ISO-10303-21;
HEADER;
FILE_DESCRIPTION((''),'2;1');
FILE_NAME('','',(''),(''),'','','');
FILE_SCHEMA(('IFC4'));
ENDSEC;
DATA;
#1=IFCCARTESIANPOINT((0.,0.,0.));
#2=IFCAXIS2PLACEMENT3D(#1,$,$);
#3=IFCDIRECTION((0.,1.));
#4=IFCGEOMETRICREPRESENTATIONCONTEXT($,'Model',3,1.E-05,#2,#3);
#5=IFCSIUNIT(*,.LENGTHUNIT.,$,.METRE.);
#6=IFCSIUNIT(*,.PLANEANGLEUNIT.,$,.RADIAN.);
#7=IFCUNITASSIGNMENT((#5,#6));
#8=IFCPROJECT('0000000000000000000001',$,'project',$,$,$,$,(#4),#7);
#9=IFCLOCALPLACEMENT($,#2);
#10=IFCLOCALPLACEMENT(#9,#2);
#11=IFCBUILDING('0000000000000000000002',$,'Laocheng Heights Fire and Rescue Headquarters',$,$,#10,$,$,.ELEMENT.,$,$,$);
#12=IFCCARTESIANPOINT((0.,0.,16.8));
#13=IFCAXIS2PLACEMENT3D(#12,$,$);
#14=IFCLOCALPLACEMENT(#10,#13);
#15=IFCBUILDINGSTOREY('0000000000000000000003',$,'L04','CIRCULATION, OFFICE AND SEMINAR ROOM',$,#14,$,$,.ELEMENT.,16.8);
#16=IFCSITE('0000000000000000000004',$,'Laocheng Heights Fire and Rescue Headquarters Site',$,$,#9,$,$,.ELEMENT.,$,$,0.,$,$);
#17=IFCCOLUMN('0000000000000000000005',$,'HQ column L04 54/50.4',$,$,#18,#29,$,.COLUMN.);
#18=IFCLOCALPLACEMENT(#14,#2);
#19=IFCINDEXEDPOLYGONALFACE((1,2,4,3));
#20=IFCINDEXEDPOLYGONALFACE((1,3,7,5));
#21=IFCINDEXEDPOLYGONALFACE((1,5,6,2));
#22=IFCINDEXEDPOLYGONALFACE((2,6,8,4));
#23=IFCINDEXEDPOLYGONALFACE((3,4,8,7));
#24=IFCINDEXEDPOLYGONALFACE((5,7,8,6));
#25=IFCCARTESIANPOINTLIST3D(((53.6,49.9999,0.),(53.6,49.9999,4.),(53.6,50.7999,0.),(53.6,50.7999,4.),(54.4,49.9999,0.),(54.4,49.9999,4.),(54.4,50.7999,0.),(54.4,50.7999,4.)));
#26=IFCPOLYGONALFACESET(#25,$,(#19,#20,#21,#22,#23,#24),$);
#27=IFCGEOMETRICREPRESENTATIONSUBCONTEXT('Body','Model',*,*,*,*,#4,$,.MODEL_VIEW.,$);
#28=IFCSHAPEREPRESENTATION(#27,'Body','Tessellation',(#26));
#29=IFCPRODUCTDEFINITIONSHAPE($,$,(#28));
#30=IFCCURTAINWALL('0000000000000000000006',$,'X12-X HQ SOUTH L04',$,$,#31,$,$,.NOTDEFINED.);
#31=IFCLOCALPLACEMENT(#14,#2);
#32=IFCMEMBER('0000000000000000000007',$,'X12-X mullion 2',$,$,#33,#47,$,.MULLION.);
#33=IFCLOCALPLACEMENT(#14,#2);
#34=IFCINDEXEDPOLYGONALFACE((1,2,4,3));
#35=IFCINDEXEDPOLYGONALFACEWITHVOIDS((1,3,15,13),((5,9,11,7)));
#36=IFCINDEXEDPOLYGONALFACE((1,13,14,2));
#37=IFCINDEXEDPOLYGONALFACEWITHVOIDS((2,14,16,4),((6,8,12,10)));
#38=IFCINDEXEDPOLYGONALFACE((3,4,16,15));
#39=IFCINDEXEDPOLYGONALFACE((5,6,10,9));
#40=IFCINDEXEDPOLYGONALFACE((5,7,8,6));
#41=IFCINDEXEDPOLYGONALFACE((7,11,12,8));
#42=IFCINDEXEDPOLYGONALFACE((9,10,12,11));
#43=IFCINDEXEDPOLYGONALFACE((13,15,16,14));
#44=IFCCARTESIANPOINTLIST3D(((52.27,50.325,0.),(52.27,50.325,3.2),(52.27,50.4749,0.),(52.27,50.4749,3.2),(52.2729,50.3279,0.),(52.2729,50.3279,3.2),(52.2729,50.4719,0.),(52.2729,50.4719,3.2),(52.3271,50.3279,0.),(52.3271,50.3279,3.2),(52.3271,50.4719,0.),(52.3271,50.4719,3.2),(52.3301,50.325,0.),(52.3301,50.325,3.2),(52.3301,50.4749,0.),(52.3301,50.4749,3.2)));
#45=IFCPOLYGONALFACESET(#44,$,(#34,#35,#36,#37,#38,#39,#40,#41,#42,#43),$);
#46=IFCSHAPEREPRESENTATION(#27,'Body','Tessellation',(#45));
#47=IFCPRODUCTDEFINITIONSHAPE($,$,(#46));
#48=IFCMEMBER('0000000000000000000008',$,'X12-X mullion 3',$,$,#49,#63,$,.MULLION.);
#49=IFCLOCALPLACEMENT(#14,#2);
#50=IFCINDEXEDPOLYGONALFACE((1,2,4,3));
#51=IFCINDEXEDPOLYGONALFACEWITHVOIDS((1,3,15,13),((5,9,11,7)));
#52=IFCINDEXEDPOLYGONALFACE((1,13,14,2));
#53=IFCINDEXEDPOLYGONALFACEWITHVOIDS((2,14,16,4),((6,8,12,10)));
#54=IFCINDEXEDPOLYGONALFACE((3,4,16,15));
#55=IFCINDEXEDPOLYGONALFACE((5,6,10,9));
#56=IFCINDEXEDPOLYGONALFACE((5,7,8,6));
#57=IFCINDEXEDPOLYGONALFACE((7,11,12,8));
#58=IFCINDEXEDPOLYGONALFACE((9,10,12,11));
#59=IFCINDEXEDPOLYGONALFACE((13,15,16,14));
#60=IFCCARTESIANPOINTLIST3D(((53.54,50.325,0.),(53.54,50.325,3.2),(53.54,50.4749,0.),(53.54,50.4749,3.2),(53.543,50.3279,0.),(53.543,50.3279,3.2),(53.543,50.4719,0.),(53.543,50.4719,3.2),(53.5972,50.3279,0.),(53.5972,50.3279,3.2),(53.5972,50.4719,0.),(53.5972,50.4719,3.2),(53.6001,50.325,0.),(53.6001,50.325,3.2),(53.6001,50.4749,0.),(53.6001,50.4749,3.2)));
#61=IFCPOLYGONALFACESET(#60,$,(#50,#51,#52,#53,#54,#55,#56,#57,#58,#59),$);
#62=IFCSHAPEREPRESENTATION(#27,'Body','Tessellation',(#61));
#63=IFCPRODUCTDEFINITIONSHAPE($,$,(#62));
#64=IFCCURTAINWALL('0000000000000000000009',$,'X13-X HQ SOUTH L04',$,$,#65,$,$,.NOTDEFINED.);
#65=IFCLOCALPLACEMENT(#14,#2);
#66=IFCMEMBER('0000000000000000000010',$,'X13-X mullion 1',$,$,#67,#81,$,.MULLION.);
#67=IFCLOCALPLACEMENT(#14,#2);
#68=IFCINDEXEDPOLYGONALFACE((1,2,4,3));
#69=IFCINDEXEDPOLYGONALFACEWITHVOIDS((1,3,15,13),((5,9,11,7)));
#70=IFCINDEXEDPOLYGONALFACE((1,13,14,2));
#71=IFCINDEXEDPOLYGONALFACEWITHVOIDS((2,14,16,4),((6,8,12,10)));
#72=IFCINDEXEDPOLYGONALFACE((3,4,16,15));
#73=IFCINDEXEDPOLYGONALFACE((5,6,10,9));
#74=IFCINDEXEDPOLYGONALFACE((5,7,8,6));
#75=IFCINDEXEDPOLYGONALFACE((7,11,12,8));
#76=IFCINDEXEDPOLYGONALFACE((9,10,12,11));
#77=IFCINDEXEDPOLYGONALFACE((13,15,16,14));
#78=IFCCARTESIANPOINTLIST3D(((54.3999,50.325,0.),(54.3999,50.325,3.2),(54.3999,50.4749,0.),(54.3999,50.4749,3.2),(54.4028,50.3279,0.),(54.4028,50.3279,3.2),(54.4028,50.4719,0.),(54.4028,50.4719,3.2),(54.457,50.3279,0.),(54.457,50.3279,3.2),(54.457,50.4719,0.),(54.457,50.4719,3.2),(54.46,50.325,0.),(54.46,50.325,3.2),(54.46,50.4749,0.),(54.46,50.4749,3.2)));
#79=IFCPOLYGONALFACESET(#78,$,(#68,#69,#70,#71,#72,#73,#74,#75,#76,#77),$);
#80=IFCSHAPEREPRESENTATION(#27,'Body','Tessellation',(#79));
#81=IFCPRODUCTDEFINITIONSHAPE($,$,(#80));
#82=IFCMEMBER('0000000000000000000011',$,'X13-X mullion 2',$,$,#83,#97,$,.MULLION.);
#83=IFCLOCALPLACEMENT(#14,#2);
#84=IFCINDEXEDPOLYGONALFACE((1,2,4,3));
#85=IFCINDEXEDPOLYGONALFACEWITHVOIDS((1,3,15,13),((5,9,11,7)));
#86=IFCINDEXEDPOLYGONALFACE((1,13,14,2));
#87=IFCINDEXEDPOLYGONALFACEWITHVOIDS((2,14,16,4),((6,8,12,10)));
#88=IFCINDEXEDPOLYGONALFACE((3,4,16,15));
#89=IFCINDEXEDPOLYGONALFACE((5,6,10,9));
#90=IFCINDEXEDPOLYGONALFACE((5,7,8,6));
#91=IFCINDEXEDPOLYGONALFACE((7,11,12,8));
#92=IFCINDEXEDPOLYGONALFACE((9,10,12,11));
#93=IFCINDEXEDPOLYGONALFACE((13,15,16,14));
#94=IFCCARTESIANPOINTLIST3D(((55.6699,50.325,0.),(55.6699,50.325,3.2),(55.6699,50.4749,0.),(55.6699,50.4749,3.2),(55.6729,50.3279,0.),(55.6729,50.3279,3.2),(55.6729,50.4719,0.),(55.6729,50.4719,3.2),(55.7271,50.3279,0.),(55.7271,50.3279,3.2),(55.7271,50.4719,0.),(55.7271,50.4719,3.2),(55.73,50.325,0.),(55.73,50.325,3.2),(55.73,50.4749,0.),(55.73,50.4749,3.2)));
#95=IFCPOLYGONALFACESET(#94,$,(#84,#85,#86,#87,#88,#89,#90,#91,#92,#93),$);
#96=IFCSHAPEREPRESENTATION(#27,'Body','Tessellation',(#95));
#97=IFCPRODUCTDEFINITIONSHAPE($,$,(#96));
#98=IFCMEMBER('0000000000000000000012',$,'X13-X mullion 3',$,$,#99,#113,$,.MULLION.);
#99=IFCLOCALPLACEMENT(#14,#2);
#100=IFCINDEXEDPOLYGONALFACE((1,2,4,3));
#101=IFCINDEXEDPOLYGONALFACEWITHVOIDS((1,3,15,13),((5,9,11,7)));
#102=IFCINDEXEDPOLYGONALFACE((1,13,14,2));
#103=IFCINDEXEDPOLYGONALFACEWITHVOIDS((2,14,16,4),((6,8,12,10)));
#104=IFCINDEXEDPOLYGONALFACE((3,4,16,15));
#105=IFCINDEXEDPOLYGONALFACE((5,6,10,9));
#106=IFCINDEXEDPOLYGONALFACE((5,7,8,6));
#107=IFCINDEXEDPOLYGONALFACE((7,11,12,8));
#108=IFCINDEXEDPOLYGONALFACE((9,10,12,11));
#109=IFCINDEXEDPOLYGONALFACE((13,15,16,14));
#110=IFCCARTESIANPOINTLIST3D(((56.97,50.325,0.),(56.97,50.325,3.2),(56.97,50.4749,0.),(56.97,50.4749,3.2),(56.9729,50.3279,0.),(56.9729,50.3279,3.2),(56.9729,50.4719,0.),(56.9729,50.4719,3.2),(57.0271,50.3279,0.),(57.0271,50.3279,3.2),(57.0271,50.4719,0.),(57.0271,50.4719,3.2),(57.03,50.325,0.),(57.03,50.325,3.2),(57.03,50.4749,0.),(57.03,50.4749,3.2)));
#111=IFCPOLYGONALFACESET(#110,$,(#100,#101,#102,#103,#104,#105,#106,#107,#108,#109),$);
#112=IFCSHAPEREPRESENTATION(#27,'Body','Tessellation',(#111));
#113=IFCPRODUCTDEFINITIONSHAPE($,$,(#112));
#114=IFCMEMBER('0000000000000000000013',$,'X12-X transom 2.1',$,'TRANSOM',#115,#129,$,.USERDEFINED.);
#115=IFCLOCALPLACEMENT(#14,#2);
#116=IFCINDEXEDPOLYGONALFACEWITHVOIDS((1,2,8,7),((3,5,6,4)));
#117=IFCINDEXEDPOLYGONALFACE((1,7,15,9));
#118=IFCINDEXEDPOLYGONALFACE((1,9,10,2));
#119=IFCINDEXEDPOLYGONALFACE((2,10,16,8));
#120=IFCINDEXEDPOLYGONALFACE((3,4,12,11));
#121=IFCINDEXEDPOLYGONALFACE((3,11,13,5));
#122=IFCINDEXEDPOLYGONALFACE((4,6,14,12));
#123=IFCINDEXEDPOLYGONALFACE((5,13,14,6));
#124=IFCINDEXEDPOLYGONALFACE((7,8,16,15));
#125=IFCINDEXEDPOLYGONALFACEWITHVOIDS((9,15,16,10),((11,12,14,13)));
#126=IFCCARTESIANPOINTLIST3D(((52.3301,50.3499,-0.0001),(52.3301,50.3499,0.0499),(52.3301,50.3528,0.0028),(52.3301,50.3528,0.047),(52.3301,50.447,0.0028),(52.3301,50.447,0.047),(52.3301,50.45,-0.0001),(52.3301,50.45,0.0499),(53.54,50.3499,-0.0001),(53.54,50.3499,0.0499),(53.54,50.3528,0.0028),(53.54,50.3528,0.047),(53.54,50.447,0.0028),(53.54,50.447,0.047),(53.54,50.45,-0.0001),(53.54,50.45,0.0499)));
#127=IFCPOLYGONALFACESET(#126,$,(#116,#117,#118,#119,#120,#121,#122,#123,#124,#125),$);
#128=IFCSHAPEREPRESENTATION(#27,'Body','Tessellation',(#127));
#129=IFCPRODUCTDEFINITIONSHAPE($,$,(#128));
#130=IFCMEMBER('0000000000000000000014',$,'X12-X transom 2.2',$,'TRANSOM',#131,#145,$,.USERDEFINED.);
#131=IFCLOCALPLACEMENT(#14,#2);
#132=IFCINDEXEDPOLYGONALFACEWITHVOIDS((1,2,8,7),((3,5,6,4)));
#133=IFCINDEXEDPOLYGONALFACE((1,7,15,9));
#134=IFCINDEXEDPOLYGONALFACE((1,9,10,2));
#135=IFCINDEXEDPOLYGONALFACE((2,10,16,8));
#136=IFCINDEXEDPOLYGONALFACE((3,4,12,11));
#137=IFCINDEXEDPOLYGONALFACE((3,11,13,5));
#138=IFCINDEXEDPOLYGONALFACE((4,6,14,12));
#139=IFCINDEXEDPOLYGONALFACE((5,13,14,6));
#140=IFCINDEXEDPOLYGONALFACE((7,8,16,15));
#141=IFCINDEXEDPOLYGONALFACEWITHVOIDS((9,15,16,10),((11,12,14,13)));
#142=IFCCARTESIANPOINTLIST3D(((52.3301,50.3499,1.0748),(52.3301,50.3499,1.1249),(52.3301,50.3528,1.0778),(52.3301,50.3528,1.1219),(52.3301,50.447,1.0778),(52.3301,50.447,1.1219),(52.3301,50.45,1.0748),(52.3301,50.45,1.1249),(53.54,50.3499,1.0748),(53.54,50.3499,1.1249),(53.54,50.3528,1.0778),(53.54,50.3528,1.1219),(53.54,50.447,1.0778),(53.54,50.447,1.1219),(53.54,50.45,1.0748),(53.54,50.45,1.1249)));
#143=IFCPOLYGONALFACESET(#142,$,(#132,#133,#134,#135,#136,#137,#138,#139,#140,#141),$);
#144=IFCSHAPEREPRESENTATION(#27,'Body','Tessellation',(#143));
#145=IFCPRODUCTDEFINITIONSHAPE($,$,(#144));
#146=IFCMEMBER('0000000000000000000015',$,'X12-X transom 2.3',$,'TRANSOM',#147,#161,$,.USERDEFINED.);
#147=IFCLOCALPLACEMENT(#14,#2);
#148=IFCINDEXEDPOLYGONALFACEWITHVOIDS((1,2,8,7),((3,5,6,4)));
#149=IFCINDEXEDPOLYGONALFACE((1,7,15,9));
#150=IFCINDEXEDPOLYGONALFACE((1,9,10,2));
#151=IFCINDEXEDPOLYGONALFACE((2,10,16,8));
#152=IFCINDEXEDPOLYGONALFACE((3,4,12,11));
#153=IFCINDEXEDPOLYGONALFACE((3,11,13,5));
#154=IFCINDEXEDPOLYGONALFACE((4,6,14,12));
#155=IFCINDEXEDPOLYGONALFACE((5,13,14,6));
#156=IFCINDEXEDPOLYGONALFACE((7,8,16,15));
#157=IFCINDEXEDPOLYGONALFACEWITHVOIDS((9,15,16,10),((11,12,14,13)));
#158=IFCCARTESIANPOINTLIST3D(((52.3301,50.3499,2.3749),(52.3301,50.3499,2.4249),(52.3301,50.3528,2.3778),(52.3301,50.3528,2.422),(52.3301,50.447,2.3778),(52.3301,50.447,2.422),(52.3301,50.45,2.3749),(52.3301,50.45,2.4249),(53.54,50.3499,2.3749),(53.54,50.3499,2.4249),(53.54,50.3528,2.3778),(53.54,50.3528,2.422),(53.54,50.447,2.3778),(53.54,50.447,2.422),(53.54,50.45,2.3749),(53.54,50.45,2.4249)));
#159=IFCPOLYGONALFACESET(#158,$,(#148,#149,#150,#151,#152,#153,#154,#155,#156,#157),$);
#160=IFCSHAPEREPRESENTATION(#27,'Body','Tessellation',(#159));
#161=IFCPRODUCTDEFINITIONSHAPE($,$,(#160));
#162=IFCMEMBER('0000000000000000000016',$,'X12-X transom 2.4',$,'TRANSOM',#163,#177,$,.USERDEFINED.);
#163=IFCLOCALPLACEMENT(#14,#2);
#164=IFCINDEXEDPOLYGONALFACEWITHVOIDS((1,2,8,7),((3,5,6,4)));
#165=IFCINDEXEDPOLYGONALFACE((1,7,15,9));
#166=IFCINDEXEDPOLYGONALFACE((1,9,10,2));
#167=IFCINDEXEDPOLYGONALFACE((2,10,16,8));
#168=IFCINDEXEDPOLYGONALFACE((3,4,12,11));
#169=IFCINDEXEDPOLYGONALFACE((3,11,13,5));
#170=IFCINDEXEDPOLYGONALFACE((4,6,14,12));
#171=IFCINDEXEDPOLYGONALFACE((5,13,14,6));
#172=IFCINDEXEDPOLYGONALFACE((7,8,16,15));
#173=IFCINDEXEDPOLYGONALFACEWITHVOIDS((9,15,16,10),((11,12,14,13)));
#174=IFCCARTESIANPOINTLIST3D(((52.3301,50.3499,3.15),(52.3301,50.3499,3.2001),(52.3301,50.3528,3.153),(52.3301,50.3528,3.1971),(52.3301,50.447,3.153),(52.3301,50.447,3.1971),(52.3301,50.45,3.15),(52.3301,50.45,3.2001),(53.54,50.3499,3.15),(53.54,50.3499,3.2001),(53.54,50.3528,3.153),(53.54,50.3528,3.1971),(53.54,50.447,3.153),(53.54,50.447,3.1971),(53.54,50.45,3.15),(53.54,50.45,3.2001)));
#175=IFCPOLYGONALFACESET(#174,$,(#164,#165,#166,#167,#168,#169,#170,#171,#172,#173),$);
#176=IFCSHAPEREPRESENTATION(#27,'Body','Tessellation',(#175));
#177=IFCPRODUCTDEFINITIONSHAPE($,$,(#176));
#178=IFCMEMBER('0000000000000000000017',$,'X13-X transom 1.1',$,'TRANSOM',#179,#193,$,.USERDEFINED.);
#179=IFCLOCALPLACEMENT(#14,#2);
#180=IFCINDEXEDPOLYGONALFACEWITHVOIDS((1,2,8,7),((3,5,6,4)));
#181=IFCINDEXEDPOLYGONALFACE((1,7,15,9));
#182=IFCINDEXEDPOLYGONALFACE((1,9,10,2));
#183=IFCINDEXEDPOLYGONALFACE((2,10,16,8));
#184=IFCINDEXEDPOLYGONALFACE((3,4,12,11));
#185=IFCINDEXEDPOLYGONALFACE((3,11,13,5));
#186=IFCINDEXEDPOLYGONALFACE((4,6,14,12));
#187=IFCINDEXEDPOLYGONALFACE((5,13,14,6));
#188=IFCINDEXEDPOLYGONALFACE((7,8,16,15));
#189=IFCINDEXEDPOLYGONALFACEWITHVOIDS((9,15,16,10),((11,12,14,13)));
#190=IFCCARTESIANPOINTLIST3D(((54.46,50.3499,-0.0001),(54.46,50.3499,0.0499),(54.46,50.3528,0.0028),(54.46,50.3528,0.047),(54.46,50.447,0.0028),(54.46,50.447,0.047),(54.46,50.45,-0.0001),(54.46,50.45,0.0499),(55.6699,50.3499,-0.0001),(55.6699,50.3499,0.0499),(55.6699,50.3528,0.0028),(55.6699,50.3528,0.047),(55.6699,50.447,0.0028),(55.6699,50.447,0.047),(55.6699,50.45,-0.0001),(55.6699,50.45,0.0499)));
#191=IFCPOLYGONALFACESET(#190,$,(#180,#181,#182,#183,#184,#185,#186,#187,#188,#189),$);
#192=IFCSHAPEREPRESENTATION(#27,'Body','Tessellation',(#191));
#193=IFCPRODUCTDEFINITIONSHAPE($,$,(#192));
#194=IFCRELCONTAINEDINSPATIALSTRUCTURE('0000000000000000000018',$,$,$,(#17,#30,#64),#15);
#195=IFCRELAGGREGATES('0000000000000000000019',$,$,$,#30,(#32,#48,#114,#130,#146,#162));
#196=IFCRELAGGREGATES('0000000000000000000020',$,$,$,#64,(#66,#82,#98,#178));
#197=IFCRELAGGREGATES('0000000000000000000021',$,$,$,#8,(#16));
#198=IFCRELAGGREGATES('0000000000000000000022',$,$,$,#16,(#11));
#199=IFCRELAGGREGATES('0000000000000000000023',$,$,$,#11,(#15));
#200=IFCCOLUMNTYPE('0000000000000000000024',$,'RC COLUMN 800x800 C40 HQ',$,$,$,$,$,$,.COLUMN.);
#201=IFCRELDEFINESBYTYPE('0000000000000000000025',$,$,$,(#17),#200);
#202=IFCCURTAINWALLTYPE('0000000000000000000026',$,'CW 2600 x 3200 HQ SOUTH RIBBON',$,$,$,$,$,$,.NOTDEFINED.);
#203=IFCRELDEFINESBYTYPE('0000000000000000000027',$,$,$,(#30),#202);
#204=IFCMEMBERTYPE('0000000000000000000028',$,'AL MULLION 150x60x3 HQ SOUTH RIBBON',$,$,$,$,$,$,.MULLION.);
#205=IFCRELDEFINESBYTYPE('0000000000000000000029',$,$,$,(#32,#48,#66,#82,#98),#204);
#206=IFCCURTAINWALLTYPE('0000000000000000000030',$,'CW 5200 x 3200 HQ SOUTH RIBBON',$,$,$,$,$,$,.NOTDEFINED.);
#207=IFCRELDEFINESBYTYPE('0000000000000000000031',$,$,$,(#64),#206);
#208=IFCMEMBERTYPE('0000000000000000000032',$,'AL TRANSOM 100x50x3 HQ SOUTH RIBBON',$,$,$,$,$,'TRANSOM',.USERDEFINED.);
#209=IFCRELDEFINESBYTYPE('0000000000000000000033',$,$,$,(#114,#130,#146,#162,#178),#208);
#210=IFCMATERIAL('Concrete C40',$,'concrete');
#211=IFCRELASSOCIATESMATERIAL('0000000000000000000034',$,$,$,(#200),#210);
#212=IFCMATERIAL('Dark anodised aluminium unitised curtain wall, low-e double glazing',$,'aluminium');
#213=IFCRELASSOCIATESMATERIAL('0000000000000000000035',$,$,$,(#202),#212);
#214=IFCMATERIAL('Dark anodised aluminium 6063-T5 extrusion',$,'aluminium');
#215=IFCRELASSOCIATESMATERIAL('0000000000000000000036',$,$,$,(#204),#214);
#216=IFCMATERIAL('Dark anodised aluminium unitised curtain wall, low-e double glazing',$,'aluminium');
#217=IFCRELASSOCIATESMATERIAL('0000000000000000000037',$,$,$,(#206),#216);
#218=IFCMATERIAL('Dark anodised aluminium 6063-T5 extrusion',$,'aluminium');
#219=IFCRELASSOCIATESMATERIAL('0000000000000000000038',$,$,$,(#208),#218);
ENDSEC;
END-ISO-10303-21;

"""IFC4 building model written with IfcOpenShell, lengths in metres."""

from ifc_helpers import new_model, si_unit, direction, frame, origin, origin_2d, place, context, subcontext, project, spatial, rectangle, hollow_rectangle, extrude, material, material_profile, profile_set, type_object, element, aggregate, save


model = new_model("IFC4")

# Units and contexts
model_context = context("Model", 3, precision=1e-05, world=origin(), true_north=direction((0.0, 1.0)))
body_context = subcontext(model_context, "Body", "Model", "MODEL_VIEW")
ifc_project = project(units=[si_unit("LENGTHUNIT", "METRE"), si_unit("PLANEANGLEUNIT", "RADIAN")], contexts=[model_context])

# Site, building, storey
site_placement = place(None, origin())
site = spatial("IfcSite", under=ifc_project, at=site_placement, Name="Laocheng Heights Fire and Rescue Headquarters Site", CompositionType="ELEMENT", RefElevation=0.0)
building_placement = place(site_placement, origin())
building = spatial("IfcBuilding", under=site, at=building_placement, Name="Laocheng Heights Fire and Rescue Headquarters", CompositionType="ELEMENT")
storey_placement = place(building_placement, frame((0.0, 0.0, 16.8)))
storey = spatial("IfcBuildingStorey", under=building, at=storey_placement, Name="L04", Description="CIRCULATION, OFFICE AND SEMINAR ROOM", CompositionType="ELEMENT", Elevation=16.8)

# Column
ifc_material_1 = material(Name="Concrete C40", Category="concrete")
ifc_material_profile_1 = material_profile(ifc_material_1, rectangle(XDim=0.8, YDim=0.8, at=origin_2d()), Name="RC COLUMN 800x800 C40 HQ")
ifc_profile_set_1 = profile_set([ifc_material_profile_1], Name="Concrete C40")
column_type = type_object("IfcColumnType", Name="RC COLUMN 800x800 C40 HQ", PredefinedType="COLUMN", material=ifc_profile_set_1)
column_placement = place(storey_placement, frame((54.0, 50.3999, 0.0), z_axis=(0.0, 0.0, 1.0), x_axis=(1.0, 0.0, 0.0)))
element("IfcColumn", 1, at=column_placement, inside=storey, type_object=column_type, Name="HQ column L04 54/50.4", PredefinedType="COLUMN", context=body_context, shape_type="SweptSolid", body=[
    extrude(rectangle(XDim=0.8, YDim=0.8, at=origin_2d()), origin(), (0.0, 0.0, 1.0), 4.0),
])

# Curtain walls, members
ifc_material_2 = material(Name="Dark anodised aluminium unitised curtain wall, low-e double glazing", Category="aluminium")
curtain_wall_type_1 = type_object("IfcCurtainWallType", Name="CW 2600 x 3200 HQ SOUTH RIBBON", PredefinedType="NOTDEFINED", material=ifc_material_2)
curtain_wall_1_placement = place(storey_placement, origin())
curtain_wall_1 = element("IfcCurtainWall", 2, at=curtain_wall_1_placement, inside=storey, type_object=curtain_wall_type_1, Name="X12-X HQ SOUTH L04", PredefinedType="NOTDEFINED")
ifc_material_3 = material(Name="Dark anodised aluminium 6063-T5 extrusion", Category="aluminium")
ifc_material_profile_2 = material_profile(ifc_material_3, hollow_rectangle(XDim=0.1499, YDim=0.0601, WallThickness=0.0029, at=origin_2d()), Name="AL MULLION 150x60x3 HQ SOUTH RIBBON")
ifc_profile_set_2 = profile_set([ifc_material_profile_2], Name="Dark anodised aluminium 6063-T5 extrusion")
member_type_1 = type_object("IfcMemberType", Name="AL MULLION 150x60x3 HQ SOUTH RIBBON", PredefinedType="MULLION", material=ifc_profile_set_2)
member_1_placement = place(storey_placement, frame((52.3, 50.3999, 0.0), z_axis=(0.0, 0.0, 1.0), x_axis=(0.0, 1.0, 0.0)))
member_1 = element("IfcMember", 3, at=member_1_placement, type_object=member_type_1, Name="X12-X mullion 2", PredefinedType="MULLION", context=body_context, shape_type="SweptSolid", body=[
    extrude(hollow_rectangle(XDim=0.1499, YDim=0.0601, WallThickness=0.0029, at=origin_2d()), origin(), (0.0, 0.0, 1.0), 3.2),
])
member_2_placement = place(storey_placement, frame((53.5701, 50.3999, 0.0), z_axis=(0.0, 0.0, 1.0), x_axis=(0.0, 1.0, 0.0)))
member_2 = element("IfcMember", 4, at=member_2_placement, type_object=member_type_1, Name="X12-X mullion 3", PredefinedType="MULLION", context=body_context, shape_type="SweptSolid", body=[
    extrude(hollow_rectangle(XDim=0.1499, YDim=0.0601, WallThickness=0.0029, at=origin_2d()), origin(), (0.0, 0.0, 1.0), 3.2),
])
ifc_material_4 = material(Name="Dark anodised aluminium unitised curtain wall, low-e double glazing", Category="aluminium")
curtain_wall_type_2 = type_object("IfcCurtainWallType", Name="CW 5200 x 3200 HQ SOUTH RIBBON", PredefinedType="NOTDEFINED", material=ifc_material_4)
curtain_wall_2_placement = place(storey_placement, origin())
curtain_wall_2 = element("IfcCurtainWall", 5, at=curtain_wall_2_placement, inside=storey, type_object=curtain_wall_type_2, Name="X13-X HQ SOUTH L04", PredefinedType="NOTDEFINED")
member_3_placement = place(storey_placement, frame((54.4299, 50.3999, 0.0), z_axis=(0.0, 0.0, 1.0), x_axis=(0.0, 1.0, 0.0)))
member_3 = element("IfcMember", 6, at=member_3_placement, type_object=member_type_1, Name="X13-X mullion 1", PredefinedType="MULLION", context=body_context, shape_type="SweptSolid", body=[
    extrude(hollow_rectangle(XDim=0.1499, YDim=0.0601, WallThickness=0.0029, at=origin_2d()), origin(), (0.0, 0.0, 1.0), 3.2),
])
member_4_placement = place(storey_placement, frame((55.7, 50.3999, 0.0), z_axis=(0.0, 0.0, 1.0), x_axis=(0.0, 1.0, 0.0)))
member_4 = element("IfcMember", 7, at=member_4_placement, type_object=member_type_1, Name="X13-X mullion 2", PredefinedType="MULLION", context=body_context, shape_type="SweptSolid", body=[
    extrude(hollow_rectangle(XDim=0.1499, YDim=0.0601, WallThickness=0.0029, at=origin_2d()), origin(), (0.0, 0.0, 1.0), 3.2),
])
member_5_placement = place(storey_placement, frame((57.0, 50.3999, 0.0), z_axis=(0.0, 0.0, 1.0), x_axis=(0.0, 1.0, 0.0)))
member_5 = element("IfcMember", 8, at=member_5_placement, type_object=member_type_1, Name="X13-X mullion 3", PredefinedType="MULLION", context=body_context, shape_type="SweptSolid", body=[
    extrude(hollow_rectangle(XDim=0.1499, YDim=0.0601, WallThickness=0.0029, at=origin_2d()), origin(), (0.0, 0.0, 1.0), 3.2),
])

# Members
ifc_material_5 = material(Name="Dark anodised aluminium 6063-T5 extrusion", Category="aluminium")
ifc_material_profile_3 = material_profile(ifc_material_5, hollow_rectangle(XDim=0.1001, YDim=0.05, WallThickness=0.0029, at=origin_2d()), Name="AL TRANSOM 100x50x3 HQ SOUTH RIBBON")
ifc_profile_set_3 = profile_set([ifc_material_profile_3], Name="Dark anodised aluminium 6063-T5 extrusion")
member_type_2 = type_object("IfcMemberType", Name="AL TRANSOM 100x50x3 HQ SOUTH RIBBON", ElementType="TRANSOM", PredefinedType="USERDEFINED", material=ifc_profile_set_3)
member_6_placement = place(storey_placement, frame((52.3301, 50.3999, 0.0249), z_axis=(1.0, 0.0, 0.0), x_axis=(0.0, 1.0, 0.0)))
member_6 = element("IfcMember", 9, at=member_6_placement, type_object=member_type_2, Name="X12-X transom 2.1", ObjectType="TRANSOM", PredefinedType="USERDEFINED", context=body_context, shape_type="SweptSolid", body=[
    extrude(hollow_rectangle(XDim=0.1001, YDim=0.05, WallThickness=0.0029, at=origin_2d()), origin(), (0.0, 0.0, 1.0), 1.21),
])
member_7_placement = place(storey_placement, frame((52.3301, 50.3999, 1.0999), z_axis=(1.0, 0.0, 0.0), x_axis=(0.0, 1.0, 0.0)))
member_7 = element("IfcMember", 10, at=member_7_placement, type_object=member_type_2, Name="X12-X transom 2.2", ObjectType="TRANSOM", PredefinedType="USERDEFINED", context=body_context, shape_type="SweptSolid", body=[
    extrude(hollow_rectangle(XDim=0.1001, YDim=0.05, WallThickness=0.0029, at=origin_2d()), origin(), (0.0, 0.0, 1.0), 1.21),
])
member_8_placement = place(storey_placement, frame((52.3301, 50.3999, 2.3999), z_axis=(1.0, 0.0, 0.0), x_axis=(0.0, 1.0, 0.0)))
member_8 = element("IfcMember", 11, at=member_8_placement, type_object=member_type_2, Name="X12-X transom 2.3", ObjectType="TRANSOM", PredefinedType="USERDEFINED", context=body_context, shape_type="SweptSolid", body=[
    extrude(hollow_rectangle(XDim=0.1001, YDim=0.05, WallThickness=0.0029, at=origin_2d()), origin(), (0.0, 0.0, 1.0), 1.21),
])
member_9_placement = place(storey_placement, frame((52.3301, 50.3999, 3.175), z_axis=(1.0, 0.0, 0.0), x_axis=(0.0, 1.0, 0.0)))
member_9 = element("IfcMember", 12, at=member_9_placement, type_object=member_type_2, Name="X12-X transom 2.4", ObjectType="TRANSOM", PredefinedType="USERDEFINED", context=body_context, shape_type="SweptSolid", body=[
    extrude(hollow_rectangle(XDim=0.1001, YDim=0.05, WallThickness=0.0029, at=origin_2d()), origin(), (0.0, 0.0, 1.0), 1.21),
])
member_10_placement = place(storey_placement, frame((54.46, 50.3999, 0.0249), z_axis=(1.0, 0.0, 0.0), x_axis=(0.0, 1.0, 0.0)))
member_10 = element("IfcMember", 13, at=member_10_placement, type_object=member_type_2, Name="X13-X transom 1.1", ObjectType="TRANSOM", PredefinedType="USERDEFINED", context=body_context, shape_type="SweptSolid", body=[
    extrude(hollow_rectangle(XDim=0.1001, YDim=0.05, WallThickness=0.0029, at=origin_2d()), origin(), (0.0, 0.0, 1.0), 1.21),
])

aggregate(curtain_wall_1, [member_1, member_2, member_6, member_7, member_8, member_9])
aggregate(curtain_wall_2, [member_3, member_4, member_5, member_10])

save(model, "model.ifc")
